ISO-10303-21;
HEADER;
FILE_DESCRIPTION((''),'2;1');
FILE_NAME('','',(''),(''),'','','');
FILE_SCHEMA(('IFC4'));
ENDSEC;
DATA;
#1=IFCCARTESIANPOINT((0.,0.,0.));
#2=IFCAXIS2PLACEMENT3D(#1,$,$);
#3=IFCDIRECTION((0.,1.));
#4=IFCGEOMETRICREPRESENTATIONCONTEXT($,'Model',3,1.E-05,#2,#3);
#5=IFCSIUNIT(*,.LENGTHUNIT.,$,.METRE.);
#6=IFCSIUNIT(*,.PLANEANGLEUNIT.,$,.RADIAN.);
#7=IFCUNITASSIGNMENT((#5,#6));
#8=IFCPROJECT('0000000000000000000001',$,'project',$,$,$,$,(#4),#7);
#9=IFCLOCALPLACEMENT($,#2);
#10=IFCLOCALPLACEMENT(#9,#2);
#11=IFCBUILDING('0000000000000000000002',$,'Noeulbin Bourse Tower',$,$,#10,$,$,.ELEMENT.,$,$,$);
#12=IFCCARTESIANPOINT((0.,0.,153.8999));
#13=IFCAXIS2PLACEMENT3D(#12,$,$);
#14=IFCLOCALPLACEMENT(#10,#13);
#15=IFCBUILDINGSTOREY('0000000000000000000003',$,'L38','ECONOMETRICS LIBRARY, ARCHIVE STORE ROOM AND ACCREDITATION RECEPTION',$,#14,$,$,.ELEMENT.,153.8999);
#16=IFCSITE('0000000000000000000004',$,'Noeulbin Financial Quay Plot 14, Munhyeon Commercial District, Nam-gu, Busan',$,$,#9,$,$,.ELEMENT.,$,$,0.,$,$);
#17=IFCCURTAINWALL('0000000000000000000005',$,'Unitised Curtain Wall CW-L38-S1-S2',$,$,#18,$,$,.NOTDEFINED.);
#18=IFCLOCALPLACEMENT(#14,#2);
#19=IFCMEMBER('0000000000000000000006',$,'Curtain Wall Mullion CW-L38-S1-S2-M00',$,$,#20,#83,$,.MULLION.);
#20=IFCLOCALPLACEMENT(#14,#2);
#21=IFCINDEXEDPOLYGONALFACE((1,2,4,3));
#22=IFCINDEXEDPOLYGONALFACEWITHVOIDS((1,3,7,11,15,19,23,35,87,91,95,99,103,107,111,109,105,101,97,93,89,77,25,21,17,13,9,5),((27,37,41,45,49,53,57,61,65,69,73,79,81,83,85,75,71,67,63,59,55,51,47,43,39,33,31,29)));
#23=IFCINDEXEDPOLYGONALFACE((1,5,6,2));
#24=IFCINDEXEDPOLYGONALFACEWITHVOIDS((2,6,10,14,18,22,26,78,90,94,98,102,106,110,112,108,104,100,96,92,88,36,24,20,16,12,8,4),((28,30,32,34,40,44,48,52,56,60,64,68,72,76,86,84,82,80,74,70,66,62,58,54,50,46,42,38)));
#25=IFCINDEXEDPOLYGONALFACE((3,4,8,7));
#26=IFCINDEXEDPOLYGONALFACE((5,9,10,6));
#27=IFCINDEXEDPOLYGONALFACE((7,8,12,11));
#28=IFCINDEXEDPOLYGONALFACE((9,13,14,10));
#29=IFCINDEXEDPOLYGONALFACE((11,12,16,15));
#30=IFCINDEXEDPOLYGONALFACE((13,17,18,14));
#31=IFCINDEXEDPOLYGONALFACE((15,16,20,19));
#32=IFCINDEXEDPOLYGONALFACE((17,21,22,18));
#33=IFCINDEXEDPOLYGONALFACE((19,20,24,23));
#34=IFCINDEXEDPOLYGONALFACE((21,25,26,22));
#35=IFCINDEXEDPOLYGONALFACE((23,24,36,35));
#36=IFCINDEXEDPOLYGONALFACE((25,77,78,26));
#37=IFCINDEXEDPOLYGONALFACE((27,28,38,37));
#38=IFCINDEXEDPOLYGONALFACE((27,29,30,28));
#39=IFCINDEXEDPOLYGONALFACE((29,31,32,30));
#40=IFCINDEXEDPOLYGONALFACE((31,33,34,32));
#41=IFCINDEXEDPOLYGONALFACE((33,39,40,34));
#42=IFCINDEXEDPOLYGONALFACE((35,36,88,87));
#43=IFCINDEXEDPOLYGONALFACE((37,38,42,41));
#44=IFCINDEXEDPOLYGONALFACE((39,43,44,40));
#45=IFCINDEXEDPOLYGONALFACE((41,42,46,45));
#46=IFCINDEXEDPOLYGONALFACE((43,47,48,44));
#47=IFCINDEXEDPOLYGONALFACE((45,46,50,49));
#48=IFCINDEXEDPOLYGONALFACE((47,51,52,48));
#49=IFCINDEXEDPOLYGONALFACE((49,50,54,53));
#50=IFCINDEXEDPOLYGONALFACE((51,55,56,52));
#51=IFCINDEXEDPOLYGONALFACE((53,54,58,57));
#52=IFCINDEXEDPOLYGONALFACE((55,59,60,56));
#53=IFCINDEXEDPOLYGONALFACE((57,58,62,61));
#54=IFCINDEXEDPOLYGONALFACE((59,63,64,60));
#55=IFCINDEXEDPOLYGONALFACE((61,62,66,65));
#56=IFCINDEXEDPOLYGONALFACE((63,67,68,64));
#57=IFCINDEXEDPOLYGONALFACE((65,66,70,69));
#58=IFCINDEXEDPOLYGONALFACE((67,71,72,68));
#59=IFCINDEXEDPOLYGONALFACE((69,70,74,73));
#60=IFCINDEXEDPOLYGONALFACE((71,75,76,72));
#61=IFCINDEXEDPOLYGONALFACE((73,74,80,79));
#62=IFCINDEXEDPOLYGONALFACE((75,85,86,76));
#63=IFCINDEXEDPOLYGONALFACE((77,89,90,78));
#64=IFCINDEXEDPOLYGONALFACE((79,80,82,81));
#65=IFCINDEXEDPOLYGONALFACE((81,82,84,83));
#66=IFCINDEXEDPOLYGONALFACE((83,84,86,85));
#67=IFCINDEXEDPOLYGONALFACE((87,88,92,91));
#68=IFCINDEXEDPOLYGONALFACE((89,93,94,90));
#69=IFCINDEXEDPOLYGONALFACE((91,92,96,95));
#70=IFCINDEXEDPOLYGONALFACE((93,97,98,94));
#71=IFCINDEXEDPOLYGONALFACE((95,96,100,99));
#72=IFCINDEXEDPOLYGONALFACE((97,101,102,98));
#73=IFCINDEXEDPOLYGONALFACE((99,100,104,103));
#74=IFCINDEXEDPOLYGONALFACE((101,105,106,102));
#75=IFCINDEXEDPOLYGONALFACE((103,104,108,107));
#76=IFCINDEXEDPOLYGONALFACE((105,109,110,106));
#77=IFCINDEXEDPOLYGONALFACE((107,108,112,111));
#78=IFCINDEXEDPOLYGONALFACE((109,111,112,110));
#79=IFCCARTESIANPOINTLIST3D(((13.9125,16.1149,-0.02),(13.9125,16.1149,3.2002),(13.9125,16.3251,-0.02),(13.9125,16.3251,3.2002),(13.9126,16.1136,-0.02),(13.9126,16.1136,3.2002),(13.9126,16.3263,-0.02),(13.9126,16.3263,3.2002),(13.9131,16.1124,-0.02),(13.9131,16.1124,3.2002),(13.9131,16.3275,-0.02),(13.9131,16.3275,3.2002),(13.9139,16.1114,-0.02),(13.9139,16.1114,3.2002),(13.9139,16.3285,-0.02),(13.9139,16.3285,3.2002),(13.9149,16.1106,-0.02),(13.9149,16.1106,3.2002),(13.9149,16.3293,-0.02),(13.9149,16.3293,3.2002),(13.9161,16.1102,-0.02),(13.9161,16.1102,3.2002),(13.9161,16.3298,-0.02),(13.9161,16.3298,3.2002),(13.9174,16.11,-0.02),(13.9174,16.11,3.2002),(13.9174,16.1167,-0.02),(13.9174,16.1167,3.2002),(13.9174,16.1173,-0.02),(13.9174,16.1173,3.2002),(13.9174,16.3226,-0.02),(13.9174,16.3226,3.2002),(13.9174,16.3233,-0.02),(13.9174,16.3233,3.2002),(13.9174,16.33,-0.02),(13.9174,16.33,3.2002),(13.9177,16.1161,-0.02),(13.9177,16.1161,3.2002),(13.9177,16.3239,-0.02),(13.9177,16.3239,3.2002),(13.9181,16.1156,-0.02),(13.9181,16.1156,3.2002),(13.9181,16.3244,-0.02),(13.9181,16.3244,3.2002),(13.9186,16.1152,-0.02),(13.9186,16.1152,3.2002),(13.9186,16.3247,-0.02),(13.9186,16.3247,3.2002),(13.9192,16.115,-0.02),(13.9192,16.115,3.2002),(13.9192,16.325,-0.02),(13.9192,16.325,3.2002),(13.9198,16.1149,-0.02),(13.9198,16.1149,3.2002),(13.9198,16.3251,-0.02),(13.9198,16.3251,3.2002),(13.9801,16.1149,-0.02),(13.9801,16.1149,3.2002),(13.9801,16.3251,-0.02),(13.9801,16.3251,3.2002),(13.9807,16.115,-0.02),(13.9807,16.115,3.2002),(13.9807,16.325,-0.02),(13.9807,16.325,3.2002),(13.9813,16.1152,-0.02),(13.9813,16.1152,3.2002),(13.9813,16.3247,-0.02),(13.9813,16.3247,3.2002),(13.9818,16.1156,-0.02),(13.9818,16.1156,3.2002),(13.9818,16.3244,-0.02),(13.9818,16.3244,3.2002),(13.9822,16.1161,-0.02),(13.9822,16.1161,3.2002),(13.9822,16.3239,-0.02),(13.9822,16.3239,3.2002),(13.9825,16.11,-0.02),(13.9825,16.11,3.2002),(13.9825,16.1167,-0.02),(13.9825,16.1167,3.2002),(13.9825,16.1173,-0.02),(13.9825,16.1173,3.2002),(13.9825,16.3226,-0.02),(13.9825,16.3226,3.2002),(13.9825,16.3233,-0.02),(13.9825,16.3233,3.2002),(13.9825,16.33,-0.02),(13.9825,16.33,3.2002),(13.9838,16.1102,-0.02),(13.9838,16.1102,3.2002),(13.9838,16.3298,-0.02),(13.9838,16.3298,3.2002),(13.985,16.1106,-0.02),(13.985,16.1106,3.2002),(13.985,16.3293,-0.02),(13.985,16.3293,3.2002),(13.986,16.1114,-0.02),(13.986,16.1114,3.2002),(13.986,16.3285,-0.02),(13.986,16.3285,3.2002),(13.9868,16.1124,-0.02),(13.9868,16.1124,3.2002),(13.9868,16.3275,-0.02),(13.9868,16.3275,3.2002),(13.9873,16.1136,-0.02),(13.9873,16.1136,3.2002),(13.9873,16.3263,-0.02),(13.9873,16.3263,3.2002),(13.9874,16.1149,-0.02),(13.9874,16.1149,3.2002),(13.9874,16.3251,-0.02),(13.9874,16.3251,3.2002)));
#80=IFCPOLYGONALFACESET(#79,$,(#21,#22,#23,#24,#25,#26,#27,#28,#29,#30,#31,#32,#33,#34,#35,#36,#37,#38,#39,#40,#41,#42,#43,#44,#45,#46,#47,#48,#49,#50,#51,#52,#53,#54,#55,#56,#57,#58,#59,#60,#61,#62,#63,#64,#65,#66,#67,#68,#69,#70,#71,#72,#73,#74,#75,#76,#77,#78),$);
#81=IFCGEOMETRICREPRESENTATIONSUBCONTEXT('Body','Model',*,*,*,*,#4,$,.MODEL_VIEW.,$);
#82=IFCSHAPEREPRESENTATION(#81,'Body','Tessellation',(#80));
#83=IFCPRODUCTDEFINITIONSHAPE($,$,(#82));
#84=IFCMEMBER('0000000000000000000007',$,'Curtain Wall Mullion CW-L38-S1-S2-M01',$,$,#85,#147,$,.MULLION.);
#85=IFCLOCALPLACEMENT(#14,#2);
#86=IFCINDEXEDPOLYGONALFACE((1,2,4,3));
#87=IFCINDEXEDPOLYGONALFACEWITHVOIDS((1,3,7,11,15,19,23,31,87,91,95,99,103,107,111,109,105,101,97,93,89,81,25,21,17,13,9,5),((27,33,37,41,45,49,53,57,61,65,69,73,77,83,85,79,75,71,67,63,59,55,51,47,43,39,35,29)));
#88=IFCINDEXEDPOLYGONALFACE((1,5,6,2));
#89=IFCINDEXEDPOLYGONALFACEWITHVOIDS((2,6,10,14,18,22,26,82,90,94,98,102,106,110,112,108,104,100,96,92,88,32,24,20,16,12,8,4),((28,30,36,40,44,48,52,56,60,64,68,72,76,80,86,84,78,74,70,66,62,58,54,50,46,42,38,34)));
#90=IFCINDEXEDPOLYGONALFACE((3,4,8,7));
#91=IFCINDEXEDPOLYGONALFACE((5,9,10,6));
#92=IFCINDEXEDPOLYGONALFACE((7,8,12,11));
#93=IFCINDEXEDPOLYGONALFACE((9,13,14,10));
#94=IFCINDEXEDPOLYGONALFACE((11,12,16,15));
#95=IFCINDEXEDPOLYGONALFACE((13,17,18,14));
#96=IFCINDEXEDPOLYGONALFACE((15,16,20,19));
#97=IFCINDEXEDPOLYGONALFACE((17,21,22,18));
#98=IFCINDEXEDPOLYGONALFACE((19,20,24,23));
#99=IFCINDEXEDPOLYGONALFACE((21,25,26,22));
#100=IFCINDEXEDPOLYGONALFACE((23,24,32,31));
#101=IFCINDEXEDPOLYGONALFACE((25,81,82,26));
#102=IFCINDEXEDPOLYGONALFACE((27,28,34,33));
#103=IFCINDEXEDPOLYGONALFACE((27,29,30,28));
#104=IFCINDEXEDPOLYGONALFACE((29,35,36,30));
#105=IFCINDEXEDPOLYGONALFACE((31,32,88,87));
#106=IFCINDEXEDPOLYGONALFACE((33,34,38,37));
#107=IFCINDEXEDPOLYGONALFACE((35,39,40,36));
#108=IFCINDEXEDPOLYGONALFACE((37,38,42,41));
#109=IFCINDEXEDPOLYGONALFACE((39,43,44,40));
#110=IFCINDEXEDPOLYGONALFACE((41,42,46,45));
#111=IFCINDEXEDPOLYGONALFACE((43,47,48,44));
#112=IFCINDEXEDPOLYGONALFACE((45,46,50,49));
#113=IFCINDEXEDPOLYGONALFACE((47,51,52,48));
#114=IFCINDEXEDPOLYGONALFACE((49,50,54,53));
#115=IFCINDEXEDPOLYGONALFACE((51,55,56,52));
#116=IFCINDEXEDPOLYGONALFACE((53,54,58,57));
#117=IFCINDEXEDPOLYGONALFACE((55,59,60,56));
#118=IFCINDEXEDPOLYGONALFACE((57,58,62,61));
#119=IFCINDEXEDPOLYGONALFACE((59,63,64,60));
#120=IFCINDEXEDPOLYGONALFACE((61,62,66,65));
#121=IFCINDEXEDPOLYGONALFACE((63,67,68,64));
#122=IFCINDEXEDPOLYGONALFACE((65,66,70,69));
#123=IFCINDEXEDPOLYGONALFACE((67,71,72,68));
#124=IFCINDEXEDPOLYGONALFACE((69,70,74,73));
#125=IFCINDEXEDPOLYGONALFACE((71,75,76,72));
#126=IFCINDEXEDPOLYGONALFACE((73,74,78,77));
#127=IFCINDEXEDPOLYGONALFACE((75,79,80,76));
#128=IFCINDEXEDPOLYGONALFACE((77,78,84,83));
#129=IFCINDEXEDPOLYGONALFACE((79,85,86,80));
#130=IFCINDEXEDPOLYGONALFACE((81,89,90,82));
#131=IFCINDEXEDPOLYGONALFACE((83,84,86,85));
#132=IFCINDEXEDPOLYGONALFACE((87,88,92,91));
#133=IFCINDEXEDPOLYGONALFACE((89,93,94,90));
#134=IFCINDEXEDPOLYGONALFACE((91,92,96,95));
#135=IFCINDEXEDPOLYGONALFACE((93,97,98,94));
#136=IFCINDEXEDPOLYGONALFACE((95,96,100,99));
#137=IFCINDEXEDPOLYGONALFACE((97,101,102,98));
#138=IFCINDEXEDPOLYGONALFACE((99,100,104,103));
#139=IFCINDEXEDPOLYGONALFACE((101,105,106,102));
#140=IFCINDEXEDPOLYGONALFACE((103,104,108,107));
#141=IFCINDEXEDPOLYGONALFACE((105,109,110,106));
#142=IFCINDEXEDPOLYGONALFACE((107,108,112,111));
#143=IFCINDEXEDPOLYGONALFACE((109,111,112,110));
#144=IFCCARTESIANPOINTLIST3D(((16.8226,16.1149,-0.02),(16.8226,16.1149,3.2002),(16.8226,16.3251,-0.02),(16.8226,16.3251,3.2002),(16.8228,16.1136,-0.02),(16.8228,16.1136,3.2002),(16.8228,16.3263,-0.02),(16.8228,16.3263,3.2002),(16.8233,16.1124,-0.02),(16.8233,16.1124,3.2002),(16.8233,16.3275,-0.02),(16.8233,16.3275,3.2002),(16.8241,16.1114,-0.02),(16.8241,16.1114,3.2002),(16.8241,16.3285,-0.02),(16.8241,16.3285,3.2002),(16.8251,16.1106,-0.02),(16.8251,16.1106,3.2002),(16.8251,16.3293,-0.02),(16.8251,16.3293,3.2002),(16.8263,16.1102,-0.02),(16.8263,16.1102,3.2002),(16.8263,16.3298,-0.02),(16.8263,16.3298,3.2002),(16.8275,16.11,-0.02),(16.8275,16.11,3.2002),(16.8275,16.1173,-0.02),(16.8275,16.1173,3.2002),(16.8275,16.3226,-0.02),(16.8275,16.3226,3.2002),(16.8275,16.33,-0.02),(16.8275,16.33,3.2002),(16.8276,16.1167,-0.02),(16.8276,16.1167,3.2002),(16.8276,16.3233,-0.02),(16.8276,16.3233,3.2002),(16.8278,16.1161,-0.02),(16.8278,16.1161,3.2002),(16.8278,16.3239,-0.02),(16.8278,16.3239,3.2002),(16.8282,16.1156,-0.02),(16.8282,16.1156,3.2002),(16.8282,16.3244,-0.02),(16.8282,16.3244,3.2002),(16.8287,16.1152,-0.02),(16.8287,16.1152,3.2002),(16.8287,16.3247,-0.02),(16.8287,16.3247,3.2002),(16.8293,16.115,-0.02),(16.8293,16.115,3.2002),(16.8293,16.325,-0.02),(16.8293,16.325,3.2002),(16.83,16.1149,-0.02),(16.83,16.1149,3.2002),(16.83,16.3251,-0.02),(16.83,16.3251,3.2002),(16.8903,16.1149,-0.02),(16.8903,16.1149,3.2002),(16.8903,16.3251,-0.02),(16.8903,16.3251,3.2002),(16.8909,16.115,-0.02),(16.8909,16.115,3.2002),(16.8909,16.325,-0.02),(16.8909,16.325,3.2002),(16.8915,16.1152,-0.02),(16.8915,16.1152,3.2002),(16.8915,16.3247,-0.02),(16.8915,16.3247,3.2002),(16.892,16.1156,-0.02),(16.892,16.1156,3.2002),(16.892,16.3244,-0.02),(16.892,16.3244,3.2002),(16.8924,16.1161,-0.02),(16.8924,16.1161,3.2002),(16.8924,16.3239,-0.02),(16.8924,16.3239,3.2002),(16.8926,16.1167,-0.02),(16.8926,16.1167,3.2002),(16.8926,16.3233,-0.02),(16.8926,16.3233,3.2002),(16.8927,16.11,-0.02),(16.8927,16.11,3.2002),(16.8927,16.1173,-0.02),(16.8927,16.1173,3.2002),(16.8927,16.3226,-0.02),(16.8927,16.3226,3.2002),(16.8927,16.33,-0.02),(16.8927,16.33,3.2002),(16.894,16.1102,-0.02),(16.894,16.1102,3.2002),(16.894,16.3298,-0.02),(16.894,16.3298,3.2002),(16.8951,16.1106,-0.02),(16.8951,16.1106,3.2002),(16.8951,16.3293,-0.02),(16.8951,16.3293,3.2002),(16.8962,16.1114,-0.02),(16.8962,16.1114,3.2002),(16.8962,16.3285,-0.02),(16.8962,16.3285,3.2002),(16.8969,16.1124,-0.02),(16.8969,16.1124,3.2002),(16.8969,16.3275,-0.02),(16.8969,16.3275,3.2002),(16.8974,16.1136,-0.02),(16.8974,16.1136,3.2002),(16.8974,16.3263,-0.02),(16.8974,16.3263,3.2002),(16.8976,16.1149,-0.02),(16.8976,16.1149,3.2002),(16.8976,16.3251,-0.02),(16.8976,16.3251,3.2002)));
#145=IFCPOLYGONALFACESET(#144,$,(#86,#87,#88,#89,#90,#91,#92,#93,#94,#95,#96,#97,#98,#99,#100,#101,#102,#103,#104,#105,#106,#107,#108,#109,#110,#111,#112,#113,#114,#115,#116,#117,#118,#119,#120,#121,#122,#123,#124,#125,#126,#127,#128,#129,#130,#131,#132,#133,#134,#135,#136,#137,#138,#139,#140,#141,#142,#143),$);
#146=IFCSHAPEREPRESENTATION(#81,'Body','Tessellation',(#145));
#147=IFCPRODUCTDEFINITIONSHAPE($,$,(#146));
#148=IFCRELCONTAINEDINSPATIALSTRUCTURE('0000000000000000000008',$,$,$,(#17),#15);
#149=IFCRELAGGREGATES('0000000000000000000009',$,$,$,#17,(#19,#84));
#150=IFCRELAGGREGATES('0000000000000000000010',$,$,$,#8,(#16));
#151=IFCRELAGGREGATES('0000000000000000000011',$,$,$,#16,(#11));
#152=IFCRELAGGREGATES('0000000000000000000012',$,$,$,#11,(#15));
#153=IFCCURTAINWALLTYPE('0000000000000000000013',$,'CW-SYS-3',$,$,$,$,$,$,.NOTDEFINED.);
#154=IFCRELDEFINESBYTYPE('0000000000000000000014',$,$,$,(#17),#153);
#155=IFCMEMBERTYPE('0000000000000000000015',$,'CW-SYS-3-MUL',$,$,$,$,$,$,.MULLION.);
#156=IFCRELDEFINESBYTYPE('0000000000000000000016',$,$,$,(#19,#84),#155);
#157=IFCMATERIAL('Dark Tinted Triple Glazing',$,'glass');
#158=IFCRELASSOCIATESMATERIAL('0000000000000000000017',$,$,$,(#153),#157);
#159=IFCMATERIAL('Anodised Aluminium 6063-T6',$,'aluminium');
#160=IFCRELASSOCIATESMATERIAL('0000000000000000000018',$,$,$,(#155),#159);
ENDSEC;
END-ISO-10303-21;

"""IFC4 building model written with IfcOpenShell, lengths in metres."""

from ifc_helpers import new_model, si_unit, direction, frame, origin, origin_2d, place, context, subcontext, project, spatial, hollow_rectangle, extrude, material, material_profile, profile_set, type_object, element, aggregate, save


model = new_model("IFC4")

# Units and contexts
model_context = context("Model", 3, precision=1e-05, world=origin(), true_north=direction((0.0, 1.0)))
body_context = subcontext(model_context, "Body", "Model", "MODEL_VIEW")
ifc_project = project(units=[si_unit("LENGTHUNIT", "METRE"), si_unit("PLANEANGLEUNIT", "RADIAN")], contexts=[model_context])

# Site, building, storey
site_placement = place(None, origin())
site = spatial("IfcSite", under=ifc_project, at=site_placement, Name="Noeulbin Financial Quay Plot 14, Munhyeon Commercial District, Nam-gu, Busan", CompositionType="ELEMENT", RefElevation=0.0)
building_placement = place(site_placement, origin())
building = spatial("IfcBuilding", under=site, at=building_placement, Name="Noeulbin Bourse Tower", CompositionType="ELEMENT")
storey_placement = place(building_placement, frame((0.0, 0.0, 153.8999)))
storey = spatial("IfcBuildingStorey", under=building, at=storey_placement, Name="L38", Description="ECONOMETRICS LIBRARY, ARCHIVE STORE ROOM AND ACCREDITATION RECEPTION", CompositionType="ELEMENT", Elevation=153.8999)

# Curtain wall, members
ifc_material_1 = material(Name="Dark Tinted Triple Glazing", Category="glass")
curtain_wall_type = type_object("IfcCurtainWallType", Name="CW-SYS-3", PredefinedType="NOTDEFINED", material=ifc_material_1)
ifc_material_2 = material(Name="Anodised Aluminium 6063-T6", Category="aluminium")
ifc_material_profile_1 = material_profile(ifc_material_2, hollow_rectangle(XDim=0.075, YDim=0.22, WallThickness=0.0049, InnerFilletRadius=0.0024, OuterFilletRadius=0.0049, at=origin_2d()), Name="ALU-MULL-75x220x5", Category="LoadBearing")
ifc_profile_set_1 = profile_set([ifc_material_profile_1], Name="Anodised Aluminium 6063-T6")
member_type_1 = type_object("IfcMemberType", Name="CW-SYS-3-MUL", PredefinedType="MULLION", material=ifc_profile_set_1)
curtain_wall_1_placement = place(storey_placement, origin())
curtain_wall_1 = element("IfcCurtainWall", 1, at=curtain_wall_1_placement, inside=storey, type_object=curtain_wall_type, Name="Unitised Curtain Wall CW-L38-S1-S2", PredefinedType="NOTDEFINED")
member_1_placement = place(storey_placement, frame((13.95, 16.22, -0.02), z_axis=(0.0, 0.0, 1.0), x_axis=(1.0, 0.0, 0.0)))
member_1 = element("IfcMember", 2, at=member_1_placement, type_object=member_type_1, Name="Curtain Wall Mullion CW-L38-S1-S2-M00", PredefinedType="MULLION", context=body_context, shape_type="SweptSolid", body=[
    extrude(hollow_rectangle(XDim=0.075, YDim=0.22, WallThickness=0.0049, InnerFilletRadius=0.0024, OuterFilletRadius=0.0049, at=origin_2d()), origin(), (0.0, 0.0, 1.0), 3.2202),
])
member_2_placement = place(storey_placement, frame((16.8601, 16.22, -0.02), z_axis=(0.0, 0.0, 1.0), x_axis=(1.0, 0.0, 0.0)))
member_2 = element("IfcMember", 3, at=member_2_placement, type_object=member_type_1, Name="Curtain Wall Mullion CW-L38-S1-S2-M01", PredefinedType="MULLION", context=body_context, shape_type="SweptSolid", body=[
    extrude(hollow_rectangle(XDim=0.075, YDim=0.22, WallThickness=0.0049, InnerFilletRadius=0.0024, OuterFilletRadius=0.0049, at=origin_2d()), origin(), (0.0, 0.0, 1.0), 3.2202),
])

aggregate(curtain_wall_1, [member_1, member_2])

save(model, "model.ifc")
